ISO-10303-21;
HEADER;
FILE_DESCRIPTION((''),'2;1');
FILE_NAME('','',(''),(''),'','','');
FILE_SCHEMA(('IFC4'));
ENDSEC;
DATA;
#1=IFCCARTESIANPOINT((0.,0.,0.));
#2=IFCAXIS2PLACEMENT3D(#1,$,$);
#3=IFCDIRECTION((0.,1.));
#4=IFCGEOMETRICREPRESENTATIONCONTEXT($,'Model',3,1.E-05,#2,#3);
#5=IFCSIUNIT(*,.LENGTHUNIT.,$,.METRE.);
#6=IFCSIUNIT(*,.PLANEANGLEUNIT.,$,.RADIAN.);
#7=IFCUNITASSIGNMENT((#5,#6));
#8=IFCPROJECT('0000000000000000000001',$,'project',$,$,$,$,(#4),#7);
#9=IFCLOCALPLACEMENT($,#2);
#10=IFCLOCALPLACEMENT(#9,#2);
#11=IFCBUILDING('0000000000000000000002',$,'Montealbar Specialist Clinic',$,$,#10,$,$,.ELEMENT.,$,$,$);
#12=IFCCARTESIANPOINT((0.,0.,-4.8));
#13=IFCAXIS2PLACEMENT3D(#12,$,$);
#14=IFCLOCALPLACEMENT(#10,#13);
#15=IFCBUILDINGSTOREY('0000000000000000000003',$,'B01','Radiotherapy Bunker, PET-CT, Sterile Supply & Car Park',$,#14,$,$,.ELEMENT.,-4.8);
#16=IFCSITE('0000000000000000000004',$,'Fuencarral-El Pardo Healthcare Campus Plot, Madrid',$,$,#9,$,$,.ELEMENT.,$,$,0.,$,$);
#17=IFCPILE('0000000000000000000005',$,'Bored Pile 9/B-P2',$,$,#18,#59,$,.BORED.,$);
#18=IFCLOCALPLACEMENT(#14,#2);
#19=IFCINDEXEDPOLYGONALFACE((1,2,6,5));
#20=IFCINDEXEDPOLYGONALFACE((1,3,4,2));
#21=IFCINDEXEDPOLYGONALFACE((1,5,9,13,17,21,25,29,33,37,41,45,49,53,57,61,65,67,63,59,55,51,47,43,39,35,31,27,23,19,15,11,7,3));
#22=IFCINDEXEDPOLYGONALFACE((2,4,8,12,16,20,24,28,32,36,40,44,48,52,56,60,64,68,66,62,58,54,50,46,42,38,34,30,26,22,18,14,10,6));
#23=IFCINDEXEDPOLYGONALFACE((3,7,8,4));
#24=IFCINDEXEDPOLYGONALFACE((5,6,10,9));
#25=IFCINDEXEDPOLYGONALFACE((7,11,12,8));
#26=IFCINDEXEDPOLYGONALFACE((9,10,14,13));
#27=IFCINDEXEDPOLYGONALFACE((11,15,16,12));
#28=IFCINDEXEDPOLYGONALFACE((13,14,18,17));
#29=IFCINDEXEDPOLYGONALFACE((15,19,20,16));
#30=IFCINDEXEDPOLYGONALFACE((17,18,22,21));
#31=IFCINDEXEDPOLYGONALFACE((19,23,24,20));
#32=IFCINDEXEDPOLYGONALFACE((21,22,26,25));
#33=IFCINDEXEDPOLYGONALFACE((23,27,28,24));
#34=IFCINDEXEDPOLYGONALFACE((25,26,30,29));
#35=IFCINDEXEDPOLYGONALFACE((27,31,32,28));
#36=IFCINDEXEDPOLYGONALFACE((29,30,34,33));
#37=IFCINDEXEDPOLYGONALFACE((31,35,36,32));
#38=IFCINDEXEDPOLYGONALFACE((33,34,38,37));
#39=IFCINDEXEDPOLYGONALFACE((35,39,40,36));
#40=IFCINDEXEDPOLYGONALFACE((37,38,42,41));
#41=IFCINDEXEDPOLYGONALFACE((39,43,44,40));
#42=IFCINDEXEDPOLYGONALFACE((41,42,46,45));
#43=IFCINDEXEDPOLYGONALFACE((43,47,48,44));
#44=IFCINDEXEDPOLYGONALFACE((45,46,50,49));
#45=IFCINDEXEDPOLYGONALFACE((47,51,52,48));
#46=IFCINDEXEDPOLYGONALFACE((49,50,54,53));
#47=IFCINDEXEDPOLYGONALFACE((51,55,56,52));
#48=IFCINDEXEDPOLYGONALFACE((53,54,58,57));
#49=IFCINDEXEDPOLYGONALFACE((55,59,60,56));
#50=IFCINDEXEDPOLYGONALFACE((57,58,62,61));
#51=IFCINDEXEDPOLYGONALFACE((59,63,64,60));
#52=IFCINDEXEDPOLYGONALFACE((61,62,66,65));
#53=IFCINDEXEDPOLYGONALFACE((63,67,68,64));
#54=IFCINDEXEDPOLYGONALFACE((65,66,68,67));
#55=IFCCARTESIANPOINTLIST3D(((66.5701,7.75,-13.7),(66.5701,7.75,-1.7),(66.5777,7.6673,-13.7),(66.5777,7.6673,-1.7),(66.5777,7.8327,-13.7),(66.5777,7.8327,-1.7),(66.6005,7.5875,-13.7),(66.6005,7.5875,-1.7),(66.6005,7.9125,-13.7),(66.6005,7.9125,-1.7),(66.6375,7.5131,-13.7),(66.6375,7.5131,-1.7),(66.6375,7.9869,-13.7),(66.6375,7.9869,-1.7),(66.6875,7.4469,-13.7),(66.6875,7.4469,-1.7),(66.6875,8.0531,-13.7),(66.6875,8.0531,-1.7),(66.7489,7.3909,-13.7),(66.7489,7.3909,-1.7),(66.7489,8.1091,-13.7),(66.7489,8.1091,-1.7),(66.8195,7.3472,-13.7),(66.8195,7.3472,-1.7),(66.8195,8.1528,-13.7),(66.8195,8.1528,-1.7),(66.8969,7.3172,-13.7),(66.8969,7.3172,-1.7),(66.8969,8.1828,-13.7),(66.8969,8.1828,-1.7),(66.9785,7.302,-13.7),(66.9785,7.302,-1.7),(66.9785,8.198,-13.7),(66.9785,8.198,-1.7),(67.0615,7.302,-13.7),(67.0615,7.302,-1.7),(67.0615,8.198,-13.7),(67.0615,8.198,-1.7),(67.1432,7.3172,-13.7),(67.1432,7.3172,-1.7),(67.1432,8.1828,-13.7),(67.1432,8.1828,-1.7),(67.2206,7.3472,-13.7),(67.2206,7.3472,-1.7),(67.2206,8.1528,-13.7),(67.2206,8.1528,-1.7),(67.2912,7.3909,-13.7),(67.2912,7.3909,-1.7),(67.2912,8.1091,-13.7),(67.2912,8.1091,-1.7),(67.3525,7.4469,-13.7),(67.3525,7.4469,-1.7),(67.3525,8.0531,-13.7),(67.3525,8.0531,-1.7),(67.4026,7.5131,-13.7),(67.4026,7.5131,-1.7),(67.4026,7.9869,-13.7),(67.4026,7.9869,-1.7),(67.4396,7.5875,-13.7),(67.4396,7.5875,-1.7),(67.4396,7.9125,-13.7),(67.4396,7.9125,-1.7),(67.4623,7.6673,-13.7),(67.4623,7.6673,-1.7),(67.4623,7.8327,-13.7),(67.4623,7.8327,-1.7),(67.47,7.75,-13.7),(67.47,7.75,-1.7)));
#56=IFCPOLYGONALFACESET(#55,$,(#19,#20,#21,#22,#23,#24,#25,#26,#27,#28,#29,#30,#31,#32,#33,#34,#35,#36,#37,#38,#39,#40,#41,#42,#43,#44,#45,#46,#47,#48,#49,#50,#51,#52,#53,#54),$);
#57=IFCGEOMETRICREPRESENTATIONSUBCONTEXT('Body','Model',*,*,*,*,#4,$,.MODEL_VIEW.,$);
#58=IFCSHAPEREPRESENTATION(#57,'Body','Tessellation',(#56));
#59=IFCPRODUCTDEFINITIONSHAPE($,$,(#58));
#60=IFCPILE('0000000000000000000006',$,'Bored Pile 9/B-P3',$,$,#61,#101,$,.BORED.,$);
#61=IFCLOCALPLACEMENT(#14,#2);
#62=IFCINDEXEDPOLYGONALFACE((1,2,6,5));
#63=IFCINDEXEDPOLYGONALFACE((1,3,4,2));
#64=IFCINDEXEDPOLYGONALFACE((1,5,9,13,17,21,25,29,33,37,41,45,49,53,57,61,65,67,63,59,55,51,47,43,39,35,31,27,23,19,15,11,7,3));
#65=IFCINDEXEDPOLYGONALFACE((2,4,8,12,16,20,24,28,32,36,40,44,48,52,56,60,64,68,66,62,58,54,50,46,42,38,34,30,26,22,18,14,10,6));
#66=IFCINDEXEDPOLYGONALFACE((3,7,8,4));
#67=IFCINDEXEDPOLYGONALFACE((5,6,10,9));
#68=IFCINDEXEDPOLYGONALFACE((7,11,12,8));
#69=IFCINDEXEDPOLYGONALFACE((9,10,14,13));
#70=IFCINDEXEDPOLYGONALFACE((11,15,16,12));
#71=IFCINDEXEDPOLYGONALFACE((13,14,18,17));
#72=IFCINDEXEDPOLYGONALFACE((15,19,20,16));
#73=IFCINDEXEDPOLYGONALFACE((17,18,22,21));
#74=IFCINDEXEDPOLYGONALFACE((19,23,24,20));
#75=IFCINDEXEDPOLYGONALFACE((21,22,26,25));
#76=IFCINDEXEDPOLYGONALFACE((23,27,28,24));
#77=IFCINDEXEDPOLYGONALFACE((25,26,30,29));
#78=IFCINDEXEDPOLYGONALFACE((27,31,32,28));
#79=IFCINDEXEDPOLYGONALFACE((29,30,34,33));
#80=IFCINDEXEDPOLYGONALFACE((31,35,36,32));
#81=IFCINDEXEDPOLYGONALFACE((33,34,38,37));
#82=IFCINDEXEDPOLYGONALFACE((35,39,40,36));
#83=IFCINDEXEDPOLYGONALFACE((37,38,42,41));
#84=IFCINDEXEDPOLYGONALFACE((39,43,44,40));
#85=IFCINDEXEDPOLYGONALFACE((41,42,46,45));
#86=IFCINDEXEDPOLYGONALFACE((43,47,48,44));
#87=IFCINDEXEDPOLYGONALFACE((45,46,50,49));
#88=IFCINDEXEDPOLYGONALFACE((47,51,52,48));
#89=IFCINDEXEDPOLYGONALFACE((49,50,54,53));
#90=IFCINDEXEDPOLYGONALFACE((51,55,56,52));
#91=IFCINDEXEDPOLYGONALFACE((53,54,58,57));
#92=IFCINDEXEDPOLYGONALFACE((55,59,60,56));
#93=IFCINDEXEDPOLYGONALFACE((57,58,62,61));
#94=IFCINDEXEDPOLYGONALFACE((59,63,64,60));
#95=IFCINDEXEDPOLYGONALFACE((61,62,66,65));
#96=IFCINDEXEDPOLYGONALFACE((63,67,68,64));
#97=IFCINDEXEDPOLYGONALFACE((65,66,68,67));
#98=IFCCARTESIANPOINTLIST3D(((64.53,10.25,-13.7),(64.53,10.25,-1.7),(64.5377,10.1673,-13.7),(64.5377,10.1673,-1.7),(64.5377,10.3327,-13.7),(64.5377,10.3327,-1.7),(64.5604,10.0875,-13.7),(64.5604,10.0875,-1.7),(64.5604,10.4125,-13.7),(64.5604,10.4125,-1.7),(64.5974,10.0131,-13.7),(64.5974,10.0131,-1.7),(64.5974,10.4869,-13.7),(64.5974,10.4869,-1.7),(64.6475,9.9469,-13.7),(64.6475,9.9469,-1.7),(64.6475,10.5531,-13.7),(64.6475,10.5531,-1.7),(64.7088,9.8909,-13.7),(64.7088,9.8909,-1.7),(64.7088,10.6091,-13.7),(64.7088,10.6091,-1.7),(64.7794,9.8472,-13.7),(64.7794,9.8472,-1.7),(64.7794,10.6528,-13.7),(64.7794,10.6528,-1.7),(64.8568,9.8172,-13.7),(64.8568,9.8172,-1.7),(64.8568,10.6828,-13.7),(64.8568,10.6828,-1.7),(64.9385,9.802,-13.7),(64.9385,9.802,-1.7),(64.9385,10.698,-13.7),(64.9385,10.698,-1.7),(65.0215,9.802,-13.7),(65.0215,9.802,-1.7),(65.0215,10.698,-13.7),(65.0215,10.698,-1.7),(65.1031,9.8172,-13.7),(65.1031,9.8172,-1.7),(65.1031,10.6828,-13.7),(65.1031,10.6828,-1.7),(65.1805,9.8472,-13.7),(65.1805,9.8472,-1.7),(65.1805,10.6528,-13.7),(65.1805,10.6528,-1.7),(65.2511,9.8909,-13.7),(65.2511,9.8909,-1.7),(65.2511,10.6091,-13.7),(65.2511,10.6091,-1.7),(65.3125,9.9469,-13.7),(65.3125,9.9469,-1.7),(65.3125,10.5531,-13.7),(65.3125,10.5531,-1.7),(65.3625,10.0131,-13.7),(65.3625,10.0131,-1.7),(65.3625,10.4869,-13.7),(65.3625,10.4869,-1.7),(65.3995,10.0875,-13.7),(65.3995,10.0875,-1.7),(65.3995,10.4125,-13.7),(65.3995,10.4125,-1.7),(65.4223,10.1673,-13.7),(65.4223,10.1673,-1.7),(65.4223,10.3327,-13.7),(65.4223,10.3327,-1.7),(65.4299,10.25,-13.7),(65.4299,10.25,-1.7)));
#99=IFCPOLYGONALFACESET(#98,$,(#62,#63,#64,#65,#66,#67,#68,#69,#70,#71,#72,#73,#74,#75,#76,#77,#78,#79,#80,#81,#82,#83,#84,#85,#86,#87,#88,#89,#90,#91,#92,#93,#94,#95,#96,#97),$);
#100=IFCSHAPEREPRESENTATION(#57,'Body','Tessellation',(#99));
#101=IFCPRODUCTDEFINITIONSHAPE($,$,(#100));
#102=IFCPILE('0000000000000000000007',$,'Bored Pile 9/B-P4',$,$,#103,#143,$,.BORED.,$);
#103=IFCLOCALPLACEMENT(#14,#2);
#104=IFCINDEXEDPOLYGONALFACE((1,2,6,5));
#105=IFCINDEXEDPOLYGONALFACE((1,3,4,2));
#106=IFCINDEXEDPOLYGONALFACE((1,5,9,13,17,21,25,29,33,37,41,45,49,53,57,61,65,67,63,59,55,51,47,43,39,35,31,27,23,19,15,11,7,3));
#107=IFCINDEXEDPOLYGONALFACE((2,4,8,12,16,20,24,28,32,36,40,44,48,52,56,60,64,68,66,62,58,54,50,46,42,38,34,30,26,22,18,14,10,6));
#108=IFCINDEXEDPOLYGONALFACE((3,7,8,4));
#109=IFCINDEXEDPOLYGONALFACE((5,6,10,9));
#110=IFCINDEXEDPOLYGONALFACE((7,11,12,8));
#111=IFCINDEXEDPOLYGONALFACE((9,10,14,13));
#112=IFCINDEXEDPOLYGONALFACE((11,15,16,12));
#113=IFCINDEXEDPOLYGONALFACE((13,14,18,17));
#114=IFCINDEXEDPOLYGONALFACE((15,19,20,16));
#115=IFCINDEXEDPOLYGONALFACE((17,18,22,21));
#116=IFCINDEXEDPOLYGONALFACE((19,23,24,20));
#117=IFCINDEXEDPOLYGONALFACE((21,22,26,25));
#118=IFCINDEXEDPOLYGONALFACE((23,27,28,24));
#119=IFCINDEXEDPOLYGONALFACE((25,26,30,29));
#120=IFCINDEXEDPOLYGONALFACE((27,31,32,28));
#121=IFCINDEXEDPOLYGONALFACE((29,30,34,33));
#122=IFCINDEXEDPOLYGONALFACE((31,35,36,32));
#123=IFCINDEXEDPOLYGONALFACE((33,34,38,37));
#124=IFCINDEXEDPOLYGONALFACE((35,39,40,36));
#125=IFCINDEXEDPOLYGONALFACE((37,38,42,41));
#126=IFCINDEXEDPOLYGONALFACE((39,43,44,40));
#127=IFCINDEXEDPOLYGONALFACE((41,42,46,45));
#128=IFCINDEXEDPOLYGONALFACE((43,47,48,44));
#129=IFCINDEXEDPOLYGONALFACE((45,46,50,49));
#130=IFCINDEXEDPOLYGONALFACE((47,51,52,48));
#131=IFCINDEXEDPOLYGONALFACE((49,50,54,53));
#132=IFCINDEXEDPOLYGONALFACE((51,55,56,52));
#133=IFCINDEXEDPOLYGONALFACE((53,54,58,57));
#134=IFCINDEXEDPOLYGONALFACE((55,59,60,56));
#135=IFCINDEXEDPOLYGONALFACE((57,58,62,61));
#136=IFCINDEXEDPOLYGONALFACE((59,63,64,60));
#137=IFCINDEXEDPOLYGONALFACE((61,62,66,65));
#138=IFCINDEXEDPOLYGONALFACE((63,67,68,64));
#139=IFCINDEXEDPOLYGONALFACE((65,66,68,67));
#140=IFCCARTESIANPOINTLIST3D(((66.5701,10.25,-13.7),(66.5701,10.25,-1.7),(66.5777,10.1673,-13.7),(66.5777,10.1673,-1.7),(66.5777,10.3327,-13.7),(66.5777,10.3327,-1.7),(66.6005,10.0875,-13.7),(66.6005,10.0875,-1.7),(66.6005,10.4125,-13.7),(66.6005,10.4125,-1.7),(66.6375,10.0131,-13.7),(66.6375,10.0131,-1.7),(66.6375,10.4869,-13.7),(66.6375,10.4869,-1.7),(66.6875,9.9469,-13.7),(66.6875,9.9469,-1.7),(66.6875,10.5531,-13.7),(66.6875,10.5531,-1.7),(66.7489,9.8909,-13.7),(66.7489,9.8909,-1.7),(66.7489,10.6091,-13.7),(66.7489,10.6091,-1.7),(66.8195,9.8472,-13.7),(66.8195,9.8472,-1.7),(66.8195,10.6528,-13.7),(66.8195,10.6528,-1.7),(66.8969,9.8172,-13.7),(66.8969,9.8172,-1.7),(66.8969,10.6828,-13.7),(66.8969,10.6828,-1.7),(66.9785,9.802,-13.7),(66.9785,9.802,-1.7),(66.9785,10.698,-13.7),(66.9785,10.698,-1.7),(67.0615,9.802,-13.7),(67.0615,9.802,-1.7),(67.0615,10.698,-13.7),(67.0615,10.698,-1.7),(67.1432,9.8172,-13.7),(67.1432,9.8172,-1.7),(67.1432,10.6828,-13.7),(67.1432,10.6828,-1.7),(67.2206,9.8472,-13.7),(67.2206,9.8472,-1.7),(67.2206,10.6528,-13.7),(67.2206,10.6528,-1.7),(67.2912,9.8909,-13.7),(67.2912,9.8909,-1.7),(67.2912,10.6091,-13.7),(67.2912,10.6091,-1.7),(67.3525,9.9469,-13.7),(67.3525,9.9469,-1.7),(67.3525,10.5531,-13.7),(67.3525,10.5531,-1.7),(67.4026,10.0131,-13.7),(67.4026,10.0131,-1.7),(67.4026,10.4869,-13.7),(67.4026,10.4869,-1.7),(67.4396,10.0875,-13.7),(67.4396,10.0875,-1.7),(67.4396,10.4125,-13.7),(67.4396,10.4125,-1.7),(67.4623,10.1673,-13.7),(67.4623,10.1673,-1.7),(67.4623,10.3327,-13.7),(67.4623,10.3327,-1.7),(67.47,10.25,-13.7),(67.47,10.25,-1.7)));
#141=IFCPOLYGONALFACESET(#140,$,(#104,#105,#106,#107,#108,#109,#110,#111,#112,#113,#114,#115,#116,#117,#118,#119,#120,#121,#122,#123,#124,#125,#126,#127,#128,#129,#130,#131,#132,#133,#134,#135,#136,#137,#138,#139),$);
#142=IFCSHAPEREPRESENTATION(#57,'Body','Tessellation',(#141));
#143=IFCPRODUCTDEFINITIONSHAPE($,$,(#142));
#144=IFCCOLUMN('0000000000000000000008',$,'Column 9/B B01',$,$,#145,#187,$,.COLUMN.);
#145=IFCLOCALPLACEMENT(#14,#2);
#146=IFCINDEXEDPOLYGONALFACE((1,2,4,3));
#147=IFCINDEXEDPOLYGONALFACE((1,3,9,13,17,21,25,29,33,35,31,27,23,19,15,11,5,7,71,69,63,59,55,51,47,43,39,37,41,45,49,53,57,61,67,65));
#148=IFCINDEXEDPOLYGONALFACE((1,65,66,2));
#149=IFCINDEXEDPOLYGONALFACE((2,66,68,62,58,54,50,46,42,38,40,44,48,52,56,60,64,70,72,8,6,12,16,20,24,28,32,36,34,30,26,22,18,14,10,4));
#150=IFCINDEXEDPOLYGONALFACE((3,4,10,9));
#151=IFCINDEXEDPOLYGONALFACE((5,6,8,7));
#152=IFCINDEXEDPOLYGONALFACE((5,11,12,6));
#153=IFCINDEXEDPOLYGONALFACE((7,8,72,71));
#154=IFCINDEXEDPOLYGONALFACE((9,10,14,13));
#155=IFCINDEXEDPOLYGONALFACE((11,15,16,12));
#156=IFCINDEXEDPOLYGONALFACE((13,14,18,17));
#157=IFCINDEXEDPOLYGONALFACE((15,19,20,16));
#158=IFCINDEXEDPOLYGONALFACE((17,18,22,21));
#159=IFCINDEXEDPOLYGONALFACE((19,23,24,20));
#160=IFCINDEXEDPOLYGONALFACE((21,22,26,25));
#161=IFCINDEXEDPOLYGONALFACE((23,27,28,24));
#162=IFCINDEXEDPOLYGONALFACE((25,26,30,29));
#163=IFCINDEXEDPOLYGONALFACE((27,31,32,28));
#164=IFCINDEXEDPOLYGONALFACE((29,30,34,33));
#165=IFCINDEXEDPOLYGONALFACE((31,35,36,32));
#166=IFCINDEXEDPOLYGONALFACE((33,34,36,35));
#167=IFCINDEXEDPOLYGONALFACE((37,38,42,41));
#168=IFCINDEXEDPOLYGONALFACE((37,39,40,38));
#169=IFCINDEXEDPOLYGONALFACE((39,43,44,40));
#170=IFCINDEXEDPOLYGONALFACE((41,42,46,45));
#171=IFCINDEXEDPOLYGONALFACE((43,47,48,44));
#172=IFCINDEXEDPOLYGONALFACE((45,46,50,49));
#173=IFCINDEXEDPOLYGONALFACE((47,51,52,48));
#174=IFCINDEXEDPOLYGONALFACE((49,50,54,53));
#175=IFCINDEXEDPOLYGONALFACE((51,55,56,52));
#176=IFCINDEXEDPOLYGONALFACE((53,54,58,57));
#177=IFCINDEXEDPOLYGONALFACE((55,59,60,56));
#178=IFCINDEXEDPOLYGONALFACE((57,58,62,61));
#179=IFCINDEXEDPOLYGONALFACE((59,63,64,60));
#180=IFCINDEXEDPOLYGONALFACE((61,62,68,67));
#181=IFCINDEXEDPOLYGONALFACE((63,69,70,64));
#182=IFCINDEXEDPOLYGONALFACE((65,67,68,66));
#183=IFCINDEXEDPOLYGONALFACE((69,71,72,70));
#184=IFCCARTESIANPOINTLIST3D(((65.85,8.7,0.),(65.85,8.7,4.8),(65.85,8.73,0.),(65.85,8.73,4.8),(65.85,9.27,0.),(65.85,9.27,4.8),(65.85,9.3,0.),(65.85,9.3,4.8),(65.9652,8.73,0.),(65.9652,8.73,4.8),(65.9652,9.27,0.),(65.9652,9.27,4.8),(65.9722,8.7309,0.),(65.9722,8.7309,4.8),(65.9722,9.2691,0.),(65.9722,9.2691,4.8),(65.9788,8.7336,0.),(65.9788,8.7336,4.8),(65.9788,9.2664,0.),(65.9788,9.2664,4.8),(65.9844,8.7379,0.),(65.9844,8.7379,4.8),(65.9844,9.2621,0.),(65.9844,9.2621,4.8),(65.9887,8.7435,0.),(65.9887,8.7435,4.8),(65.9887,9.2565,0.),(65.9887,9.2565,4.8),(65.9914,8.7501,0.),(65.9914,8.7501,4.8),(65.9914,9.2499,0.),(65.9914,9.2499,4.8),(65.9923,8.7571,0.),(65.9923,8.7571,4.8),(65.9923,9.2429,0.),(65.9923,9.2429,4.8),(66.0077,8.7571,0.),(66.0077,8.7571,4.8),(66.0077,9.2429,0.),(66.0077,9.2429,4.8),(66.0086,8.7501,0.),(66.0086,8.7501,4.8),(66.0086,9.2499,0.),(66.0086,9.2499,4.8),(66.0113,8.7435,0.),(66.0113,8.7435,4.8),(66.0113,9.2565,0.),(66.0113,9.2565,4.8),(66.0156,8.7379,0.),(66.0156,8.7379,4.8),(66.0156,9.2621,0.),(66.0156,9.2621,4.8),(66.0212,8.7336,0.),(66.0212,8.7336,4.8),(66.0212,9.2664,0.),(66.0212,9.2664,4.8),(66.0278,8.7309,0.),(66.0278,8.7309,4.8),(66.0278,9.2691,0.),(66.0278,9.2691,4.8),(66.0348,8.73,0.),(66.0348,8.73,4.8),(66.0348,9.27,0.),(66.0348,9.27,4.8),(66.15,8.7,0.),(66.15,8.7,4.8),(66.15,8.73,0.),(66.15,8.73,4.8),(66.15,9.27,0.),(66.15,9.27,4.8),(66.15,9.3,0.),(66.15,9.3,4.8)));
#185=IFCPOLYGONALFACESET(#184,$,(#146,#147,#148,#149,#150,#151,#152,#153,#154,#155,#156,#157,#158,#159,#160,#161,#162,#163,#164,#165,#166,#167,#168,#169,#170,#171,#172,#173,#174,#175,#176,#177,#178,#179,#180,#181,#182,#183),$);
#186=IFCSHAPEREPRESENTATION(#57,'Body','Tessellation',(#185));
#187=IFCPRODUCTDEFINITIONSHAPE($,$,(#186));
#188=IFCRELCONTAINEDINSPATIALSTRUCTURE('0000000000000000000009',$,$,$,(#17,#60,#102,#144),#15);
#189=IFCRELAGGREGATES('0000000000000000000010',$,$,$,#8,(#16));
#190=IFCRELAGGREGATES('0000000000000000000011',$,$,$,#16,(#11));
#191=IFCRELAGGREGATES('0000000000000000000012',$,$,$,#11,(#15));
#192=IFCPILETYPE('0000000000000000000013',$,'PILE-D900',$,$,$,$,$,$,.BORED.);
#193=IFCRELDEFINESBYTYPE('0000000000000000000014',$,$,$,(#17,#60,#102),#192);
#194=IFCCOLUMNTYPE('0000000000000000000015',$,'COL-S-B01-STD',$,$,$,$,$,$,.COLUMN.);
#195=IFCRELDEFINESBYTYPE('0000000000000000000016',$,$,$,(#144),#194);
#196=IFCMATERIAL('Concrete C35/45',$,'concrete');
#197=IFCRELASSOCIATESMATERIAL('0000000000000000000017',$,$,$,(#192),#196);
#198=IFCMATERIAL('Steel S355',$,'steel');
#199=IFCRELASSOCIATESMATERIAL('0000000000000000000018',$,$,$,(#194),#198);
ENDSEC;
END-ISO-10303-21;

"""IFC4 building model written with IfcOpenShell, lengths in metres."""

from ifc_helpers import new_model, si_unit, direction, frame, origin, origin_2d, place, context, subcontext, project, spatial, circle, i_section, extrude, material, material_profile, profile_set, type_object, element, save


model = new_model("IFC4")

# Units and contexts
model_context = context("Model", 3, precision=1e-05, world=origin(), true_north=direction((0.0, 1.0)))
body_context = subcontext(model_context, "Body", "Model", "MODEL_VIEW")
ifc_project = project(units=[si_unit("LENGTHUNIT", "METRE"), si_unit("PLANEANGLEUNIT", "RADIAN")], contexts=[model_context])

# Site, building, storey
site_placement = place(None, origin())
site = spatial("IfcSite", under=ifc_project, at=site_placement, Name="Fuencarral-El Pardo Healthcare Campus Plot, Madrid", CompositionType="ELEMENT", RefElevation=0.0)
building_placement = place(site_placement, origin())
building = spatial("IfcBuilding", under=site, at=building_placement, Name="Montealbar Specialist Clinic", CompositionType="ELEMENT")
storey_placement = place(building_placement, frame((0.0, 0.0, -4.8)))
storey = spatial("IfcBuildingStorey", under=building, at=storey_placement, Name="B01", Description="Radiotherapy Bunker, PET-CT, Sterile Supply & Car Park", CompositionType="ELEMENT", Elevation=-4.8)

# Shared definitions
ifc_material_1 = material(Name="Concrete C35/45", Category="concrete")

# Piles
ifc_material_profile_1 = material_profile(ifc_material_1, circle(Radius=0.45, at=origin_2d()), Name="PILE D900", Category="concrete")
ifc_profile_set_1 = profile_set([ifc_material_profile_1], Name="Concrete C35/45")
pile_type_1 = type_object("IfcPileType", Name="PILE-D900", PredefinedType="BORED", material=ifc_profile_set_1)
for number, where, z_axis, x_axis, name in (
    (1, (67.02, 7.75, -1.7), (0.0, 0.0, -1.0), (1.0, 0.0, 0.0), "Bored Pile 9/B-P2"),
    (2, (64.98, 10.25, -1.7), (0.0, 0.0, -1.0), (1.0, 0.0, 0.0), "Bored Pile 9/B-P3"),
    (3, (67.02, 10.25, -1.7), (0.0, 0.0, -1.0), (1.0, 0.0, 0.0), "Bored Pile 9/B-P4"),
):
    element("IfcPile", number, at=place(storey_placement, frame(where, z_axis=z_axis, x_axis=x_axis)), inside=storey, type_object=pile_type_1, Name=name, PredefinedType="BORED", context=body_context, shape_type="SweptSolid", body=[
        extrude(circle(Radius=0.45, at=origin_2d()), origin(), (0.0, 0.0, 1.0), 12.0),
    ])

# Column
ifc_material_2 = material(Name="Steel S355", Category="steel")
ifc_material_profile_2 = material_profile(ifc_material_2, i_section(OverallWidth=0.3, OverallDepth=0.6001, WebThickness=0.0154, FlangeThickness=0.03, FilletRadius=0.0271, at=origin_2d()), Name="HEB 600", Category="steel")
ifc_profile_set_2 = profile_set([ifc_material_profile_2], Name="Steel S355")
column_type_1 = type_object("IfcColumnType", Name="COL-S-B01-STD", PredefinedType="COLUMN", material=ifc_profile_set_2)
column_1_placement = place(storey_placement, frame((66.0, 9.0, 0.0), z_axis=(0.0, 0.0, 1.0), x_axis=(1.0, 0.0, 0.0)))
element("IfcColumn", 4, at=column_1_placement, inside=storey, type_object=column_type_1, Name="Column 9/B B01", PredefinedType="COLUMN", context=body_context, shape_type="SweptSolid", body=[
    extrude(i_section(OverallWidth=0.3, OverallDepth=0.6001, WebThickness=0.0154, FlangeThickness=0.03, FilletRadius=0.0271, at=origin_2d()), origin(), (0.0, 0.0, 1.0), 4.8),
])

save(model, "model.ifc")
